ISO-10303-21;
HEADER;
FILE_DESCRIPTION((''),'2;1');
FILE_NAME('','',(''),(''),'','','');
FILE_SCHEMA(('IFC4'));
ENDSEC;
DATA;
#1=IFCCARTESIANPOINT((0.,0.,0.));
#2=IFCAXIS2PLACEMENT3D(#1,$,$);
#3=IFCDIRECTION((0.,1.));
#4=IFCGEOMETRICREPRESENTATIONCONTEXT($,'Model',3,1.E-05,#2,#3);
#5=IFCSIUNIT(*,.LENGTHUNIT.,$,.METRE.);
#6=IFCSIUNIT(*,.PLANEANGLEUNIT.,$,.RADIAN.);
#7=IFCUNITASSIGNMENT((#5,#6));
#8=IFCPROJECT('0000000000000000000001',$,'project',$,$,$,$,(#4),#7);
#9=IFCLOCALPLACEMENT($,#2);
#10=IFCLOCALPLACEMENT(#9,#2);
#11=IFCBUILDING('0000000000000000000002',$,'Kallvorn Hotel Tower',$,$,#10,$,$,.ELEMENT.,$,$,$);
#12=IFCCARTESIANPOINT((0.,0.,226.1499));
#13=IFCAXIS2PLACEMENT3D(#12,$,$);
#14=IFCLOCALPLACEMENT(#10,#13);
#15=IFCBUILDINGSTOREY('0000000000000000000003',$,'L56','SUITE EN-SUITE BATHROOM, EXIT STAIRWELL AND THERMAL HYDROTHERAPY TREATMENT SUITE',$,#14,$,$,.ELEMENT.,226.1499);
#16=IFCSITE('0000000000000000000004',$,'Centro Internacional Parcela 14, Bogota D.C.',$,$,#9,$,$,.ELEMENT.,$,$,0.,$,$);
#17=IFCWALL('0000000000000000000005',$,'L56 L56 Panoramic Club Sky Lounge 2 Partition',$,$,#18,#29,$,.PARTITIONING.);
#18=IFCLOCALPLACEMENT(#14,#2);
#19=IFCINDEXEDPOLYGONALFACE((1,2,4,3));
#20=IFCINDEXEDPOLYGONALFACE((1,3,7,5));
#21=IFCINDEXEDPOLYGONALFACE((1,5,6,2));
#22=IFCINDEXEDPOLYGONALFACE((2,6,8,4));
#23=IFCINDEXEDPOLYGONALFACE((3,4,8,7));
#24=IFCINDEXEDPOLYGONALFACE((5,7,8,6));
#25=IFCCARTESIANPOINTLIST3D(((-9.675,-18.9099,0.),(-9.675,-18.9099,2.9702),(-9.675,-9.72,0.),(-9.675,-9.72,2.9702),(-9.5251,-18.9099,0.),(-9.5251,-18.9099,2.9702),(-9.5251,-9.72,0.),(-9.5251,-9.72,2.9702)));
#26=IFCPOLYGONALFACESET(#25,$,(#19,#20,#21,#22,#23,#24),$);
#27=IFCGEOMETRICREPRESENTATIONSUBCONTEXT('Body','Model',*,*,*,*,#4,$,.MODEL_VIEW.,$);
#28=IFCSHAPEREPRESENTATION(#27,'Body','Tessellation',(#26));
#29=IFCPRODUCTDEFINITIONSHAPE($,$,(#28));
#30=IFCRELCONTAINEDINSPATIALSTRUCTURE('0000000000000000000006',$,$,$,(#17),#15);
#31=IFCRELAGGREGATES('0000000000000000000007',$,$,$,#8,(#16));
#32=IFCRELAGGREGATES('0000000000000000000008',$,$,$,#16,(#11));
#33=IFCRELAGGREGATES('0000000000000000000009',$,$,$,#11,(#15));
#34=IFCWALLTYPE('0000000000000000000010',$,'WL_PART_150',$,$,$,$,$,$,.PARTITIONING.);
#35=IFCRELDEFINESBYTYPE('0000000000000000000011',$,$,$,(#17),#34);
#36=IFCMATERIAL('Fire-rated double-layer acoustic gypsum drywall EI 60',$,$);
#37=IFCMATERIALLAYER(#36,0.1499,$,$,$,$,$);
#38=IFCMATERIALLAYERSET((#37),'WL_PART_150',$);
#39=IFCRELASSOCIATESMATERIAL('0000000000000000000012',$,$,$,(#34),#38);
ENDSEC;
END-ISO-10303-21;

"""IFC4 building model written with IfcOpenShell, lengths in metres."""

from ifc_helpers import new_model, si_unit, direction, frame, frame_2d, origin, place, context, subcontext, project, spatial, rectangle, extrude, material, layer, layer_set, type_object, element, save


model = new_model("IFC4")

# Units and contexts
model_context = context("Model", 3, precision=1e-05, world=origin(), true_north=direction((0.0, 1.0)))
body_context = subcontext(model_context, "Body", "Model", "MODEL_VIEW")
ifc_project = project(units=[si_unit("LENGTHUNIT", "METRE"), si_unit("PLANEANGLEUNIT", "RADIAN")], contexts=[model_context])

# Site, building, storey
site_placement = place(None, origin())
site = spatial("IfcSite", under=ifc_project, at=site_placement, Name="Centro Internacional Parcela 14, Bogota D.C.", CompositionType="ELEMENT", RefElevation=0.0)
building_placement = place(site_placement, origin())
building = spatial("IfcBuilding", under=site, at=building_placement, Name="Kallvorn Hotel Tower", CompositionType="ELEMENT")
storey_placement = place(building_placement, frame((0.0, 0.0, 226.1499)))
storey = spatial("IfcBuildingStorey", under=building, at=storey_placement, Name="L56", Description="SUITE EN-SUITE BATHROOM, EXIT STAIRWELL AND THERMAL HYDROTHERAPY TREATMENT SUITE", CompositionType="ELEMENT", Elevation=226.1499)

# Wall
ifc_material_1 = material(Name="Fire-rated double-layer acoustic gypsum drywall EI 60")
ifc_layer_1 = layer(ifc_material_1, 0.1499)
ifc_layer_set_1 = layer_set([ifc_layer_1], Name="WL_PART_150")
wall_type_1 = type_object("IfcWallType", Name="WL_PART_150", PredefinedType="PARTITIONING", material=ifc_layer_set_1)
wall_1_placement = place(storey_placement, frame((-9.6001, -18.9099, 0.0), z_axis=(0.0, 0.0, 1.0), x_axis=(0.0, 1.0, 0.0)))
element("IfcWall", 1, at=wall_1_placement, inside=storey, type_object=wall_type_1, Name="L56 L56 Panoramic Club Sky Lounge 2 Partition", PredefinedType="PARTITIONING", context=body_context, shape_type="SweptSolid", body=[
    extrude(rectangle(XDim=9.1899, YDim=0.1499, at=frame_2d((4.595, 0.0))), origin(), (0.0, 0.0, 1.0), 2.9702),
])

save(model, "model.ifc")
